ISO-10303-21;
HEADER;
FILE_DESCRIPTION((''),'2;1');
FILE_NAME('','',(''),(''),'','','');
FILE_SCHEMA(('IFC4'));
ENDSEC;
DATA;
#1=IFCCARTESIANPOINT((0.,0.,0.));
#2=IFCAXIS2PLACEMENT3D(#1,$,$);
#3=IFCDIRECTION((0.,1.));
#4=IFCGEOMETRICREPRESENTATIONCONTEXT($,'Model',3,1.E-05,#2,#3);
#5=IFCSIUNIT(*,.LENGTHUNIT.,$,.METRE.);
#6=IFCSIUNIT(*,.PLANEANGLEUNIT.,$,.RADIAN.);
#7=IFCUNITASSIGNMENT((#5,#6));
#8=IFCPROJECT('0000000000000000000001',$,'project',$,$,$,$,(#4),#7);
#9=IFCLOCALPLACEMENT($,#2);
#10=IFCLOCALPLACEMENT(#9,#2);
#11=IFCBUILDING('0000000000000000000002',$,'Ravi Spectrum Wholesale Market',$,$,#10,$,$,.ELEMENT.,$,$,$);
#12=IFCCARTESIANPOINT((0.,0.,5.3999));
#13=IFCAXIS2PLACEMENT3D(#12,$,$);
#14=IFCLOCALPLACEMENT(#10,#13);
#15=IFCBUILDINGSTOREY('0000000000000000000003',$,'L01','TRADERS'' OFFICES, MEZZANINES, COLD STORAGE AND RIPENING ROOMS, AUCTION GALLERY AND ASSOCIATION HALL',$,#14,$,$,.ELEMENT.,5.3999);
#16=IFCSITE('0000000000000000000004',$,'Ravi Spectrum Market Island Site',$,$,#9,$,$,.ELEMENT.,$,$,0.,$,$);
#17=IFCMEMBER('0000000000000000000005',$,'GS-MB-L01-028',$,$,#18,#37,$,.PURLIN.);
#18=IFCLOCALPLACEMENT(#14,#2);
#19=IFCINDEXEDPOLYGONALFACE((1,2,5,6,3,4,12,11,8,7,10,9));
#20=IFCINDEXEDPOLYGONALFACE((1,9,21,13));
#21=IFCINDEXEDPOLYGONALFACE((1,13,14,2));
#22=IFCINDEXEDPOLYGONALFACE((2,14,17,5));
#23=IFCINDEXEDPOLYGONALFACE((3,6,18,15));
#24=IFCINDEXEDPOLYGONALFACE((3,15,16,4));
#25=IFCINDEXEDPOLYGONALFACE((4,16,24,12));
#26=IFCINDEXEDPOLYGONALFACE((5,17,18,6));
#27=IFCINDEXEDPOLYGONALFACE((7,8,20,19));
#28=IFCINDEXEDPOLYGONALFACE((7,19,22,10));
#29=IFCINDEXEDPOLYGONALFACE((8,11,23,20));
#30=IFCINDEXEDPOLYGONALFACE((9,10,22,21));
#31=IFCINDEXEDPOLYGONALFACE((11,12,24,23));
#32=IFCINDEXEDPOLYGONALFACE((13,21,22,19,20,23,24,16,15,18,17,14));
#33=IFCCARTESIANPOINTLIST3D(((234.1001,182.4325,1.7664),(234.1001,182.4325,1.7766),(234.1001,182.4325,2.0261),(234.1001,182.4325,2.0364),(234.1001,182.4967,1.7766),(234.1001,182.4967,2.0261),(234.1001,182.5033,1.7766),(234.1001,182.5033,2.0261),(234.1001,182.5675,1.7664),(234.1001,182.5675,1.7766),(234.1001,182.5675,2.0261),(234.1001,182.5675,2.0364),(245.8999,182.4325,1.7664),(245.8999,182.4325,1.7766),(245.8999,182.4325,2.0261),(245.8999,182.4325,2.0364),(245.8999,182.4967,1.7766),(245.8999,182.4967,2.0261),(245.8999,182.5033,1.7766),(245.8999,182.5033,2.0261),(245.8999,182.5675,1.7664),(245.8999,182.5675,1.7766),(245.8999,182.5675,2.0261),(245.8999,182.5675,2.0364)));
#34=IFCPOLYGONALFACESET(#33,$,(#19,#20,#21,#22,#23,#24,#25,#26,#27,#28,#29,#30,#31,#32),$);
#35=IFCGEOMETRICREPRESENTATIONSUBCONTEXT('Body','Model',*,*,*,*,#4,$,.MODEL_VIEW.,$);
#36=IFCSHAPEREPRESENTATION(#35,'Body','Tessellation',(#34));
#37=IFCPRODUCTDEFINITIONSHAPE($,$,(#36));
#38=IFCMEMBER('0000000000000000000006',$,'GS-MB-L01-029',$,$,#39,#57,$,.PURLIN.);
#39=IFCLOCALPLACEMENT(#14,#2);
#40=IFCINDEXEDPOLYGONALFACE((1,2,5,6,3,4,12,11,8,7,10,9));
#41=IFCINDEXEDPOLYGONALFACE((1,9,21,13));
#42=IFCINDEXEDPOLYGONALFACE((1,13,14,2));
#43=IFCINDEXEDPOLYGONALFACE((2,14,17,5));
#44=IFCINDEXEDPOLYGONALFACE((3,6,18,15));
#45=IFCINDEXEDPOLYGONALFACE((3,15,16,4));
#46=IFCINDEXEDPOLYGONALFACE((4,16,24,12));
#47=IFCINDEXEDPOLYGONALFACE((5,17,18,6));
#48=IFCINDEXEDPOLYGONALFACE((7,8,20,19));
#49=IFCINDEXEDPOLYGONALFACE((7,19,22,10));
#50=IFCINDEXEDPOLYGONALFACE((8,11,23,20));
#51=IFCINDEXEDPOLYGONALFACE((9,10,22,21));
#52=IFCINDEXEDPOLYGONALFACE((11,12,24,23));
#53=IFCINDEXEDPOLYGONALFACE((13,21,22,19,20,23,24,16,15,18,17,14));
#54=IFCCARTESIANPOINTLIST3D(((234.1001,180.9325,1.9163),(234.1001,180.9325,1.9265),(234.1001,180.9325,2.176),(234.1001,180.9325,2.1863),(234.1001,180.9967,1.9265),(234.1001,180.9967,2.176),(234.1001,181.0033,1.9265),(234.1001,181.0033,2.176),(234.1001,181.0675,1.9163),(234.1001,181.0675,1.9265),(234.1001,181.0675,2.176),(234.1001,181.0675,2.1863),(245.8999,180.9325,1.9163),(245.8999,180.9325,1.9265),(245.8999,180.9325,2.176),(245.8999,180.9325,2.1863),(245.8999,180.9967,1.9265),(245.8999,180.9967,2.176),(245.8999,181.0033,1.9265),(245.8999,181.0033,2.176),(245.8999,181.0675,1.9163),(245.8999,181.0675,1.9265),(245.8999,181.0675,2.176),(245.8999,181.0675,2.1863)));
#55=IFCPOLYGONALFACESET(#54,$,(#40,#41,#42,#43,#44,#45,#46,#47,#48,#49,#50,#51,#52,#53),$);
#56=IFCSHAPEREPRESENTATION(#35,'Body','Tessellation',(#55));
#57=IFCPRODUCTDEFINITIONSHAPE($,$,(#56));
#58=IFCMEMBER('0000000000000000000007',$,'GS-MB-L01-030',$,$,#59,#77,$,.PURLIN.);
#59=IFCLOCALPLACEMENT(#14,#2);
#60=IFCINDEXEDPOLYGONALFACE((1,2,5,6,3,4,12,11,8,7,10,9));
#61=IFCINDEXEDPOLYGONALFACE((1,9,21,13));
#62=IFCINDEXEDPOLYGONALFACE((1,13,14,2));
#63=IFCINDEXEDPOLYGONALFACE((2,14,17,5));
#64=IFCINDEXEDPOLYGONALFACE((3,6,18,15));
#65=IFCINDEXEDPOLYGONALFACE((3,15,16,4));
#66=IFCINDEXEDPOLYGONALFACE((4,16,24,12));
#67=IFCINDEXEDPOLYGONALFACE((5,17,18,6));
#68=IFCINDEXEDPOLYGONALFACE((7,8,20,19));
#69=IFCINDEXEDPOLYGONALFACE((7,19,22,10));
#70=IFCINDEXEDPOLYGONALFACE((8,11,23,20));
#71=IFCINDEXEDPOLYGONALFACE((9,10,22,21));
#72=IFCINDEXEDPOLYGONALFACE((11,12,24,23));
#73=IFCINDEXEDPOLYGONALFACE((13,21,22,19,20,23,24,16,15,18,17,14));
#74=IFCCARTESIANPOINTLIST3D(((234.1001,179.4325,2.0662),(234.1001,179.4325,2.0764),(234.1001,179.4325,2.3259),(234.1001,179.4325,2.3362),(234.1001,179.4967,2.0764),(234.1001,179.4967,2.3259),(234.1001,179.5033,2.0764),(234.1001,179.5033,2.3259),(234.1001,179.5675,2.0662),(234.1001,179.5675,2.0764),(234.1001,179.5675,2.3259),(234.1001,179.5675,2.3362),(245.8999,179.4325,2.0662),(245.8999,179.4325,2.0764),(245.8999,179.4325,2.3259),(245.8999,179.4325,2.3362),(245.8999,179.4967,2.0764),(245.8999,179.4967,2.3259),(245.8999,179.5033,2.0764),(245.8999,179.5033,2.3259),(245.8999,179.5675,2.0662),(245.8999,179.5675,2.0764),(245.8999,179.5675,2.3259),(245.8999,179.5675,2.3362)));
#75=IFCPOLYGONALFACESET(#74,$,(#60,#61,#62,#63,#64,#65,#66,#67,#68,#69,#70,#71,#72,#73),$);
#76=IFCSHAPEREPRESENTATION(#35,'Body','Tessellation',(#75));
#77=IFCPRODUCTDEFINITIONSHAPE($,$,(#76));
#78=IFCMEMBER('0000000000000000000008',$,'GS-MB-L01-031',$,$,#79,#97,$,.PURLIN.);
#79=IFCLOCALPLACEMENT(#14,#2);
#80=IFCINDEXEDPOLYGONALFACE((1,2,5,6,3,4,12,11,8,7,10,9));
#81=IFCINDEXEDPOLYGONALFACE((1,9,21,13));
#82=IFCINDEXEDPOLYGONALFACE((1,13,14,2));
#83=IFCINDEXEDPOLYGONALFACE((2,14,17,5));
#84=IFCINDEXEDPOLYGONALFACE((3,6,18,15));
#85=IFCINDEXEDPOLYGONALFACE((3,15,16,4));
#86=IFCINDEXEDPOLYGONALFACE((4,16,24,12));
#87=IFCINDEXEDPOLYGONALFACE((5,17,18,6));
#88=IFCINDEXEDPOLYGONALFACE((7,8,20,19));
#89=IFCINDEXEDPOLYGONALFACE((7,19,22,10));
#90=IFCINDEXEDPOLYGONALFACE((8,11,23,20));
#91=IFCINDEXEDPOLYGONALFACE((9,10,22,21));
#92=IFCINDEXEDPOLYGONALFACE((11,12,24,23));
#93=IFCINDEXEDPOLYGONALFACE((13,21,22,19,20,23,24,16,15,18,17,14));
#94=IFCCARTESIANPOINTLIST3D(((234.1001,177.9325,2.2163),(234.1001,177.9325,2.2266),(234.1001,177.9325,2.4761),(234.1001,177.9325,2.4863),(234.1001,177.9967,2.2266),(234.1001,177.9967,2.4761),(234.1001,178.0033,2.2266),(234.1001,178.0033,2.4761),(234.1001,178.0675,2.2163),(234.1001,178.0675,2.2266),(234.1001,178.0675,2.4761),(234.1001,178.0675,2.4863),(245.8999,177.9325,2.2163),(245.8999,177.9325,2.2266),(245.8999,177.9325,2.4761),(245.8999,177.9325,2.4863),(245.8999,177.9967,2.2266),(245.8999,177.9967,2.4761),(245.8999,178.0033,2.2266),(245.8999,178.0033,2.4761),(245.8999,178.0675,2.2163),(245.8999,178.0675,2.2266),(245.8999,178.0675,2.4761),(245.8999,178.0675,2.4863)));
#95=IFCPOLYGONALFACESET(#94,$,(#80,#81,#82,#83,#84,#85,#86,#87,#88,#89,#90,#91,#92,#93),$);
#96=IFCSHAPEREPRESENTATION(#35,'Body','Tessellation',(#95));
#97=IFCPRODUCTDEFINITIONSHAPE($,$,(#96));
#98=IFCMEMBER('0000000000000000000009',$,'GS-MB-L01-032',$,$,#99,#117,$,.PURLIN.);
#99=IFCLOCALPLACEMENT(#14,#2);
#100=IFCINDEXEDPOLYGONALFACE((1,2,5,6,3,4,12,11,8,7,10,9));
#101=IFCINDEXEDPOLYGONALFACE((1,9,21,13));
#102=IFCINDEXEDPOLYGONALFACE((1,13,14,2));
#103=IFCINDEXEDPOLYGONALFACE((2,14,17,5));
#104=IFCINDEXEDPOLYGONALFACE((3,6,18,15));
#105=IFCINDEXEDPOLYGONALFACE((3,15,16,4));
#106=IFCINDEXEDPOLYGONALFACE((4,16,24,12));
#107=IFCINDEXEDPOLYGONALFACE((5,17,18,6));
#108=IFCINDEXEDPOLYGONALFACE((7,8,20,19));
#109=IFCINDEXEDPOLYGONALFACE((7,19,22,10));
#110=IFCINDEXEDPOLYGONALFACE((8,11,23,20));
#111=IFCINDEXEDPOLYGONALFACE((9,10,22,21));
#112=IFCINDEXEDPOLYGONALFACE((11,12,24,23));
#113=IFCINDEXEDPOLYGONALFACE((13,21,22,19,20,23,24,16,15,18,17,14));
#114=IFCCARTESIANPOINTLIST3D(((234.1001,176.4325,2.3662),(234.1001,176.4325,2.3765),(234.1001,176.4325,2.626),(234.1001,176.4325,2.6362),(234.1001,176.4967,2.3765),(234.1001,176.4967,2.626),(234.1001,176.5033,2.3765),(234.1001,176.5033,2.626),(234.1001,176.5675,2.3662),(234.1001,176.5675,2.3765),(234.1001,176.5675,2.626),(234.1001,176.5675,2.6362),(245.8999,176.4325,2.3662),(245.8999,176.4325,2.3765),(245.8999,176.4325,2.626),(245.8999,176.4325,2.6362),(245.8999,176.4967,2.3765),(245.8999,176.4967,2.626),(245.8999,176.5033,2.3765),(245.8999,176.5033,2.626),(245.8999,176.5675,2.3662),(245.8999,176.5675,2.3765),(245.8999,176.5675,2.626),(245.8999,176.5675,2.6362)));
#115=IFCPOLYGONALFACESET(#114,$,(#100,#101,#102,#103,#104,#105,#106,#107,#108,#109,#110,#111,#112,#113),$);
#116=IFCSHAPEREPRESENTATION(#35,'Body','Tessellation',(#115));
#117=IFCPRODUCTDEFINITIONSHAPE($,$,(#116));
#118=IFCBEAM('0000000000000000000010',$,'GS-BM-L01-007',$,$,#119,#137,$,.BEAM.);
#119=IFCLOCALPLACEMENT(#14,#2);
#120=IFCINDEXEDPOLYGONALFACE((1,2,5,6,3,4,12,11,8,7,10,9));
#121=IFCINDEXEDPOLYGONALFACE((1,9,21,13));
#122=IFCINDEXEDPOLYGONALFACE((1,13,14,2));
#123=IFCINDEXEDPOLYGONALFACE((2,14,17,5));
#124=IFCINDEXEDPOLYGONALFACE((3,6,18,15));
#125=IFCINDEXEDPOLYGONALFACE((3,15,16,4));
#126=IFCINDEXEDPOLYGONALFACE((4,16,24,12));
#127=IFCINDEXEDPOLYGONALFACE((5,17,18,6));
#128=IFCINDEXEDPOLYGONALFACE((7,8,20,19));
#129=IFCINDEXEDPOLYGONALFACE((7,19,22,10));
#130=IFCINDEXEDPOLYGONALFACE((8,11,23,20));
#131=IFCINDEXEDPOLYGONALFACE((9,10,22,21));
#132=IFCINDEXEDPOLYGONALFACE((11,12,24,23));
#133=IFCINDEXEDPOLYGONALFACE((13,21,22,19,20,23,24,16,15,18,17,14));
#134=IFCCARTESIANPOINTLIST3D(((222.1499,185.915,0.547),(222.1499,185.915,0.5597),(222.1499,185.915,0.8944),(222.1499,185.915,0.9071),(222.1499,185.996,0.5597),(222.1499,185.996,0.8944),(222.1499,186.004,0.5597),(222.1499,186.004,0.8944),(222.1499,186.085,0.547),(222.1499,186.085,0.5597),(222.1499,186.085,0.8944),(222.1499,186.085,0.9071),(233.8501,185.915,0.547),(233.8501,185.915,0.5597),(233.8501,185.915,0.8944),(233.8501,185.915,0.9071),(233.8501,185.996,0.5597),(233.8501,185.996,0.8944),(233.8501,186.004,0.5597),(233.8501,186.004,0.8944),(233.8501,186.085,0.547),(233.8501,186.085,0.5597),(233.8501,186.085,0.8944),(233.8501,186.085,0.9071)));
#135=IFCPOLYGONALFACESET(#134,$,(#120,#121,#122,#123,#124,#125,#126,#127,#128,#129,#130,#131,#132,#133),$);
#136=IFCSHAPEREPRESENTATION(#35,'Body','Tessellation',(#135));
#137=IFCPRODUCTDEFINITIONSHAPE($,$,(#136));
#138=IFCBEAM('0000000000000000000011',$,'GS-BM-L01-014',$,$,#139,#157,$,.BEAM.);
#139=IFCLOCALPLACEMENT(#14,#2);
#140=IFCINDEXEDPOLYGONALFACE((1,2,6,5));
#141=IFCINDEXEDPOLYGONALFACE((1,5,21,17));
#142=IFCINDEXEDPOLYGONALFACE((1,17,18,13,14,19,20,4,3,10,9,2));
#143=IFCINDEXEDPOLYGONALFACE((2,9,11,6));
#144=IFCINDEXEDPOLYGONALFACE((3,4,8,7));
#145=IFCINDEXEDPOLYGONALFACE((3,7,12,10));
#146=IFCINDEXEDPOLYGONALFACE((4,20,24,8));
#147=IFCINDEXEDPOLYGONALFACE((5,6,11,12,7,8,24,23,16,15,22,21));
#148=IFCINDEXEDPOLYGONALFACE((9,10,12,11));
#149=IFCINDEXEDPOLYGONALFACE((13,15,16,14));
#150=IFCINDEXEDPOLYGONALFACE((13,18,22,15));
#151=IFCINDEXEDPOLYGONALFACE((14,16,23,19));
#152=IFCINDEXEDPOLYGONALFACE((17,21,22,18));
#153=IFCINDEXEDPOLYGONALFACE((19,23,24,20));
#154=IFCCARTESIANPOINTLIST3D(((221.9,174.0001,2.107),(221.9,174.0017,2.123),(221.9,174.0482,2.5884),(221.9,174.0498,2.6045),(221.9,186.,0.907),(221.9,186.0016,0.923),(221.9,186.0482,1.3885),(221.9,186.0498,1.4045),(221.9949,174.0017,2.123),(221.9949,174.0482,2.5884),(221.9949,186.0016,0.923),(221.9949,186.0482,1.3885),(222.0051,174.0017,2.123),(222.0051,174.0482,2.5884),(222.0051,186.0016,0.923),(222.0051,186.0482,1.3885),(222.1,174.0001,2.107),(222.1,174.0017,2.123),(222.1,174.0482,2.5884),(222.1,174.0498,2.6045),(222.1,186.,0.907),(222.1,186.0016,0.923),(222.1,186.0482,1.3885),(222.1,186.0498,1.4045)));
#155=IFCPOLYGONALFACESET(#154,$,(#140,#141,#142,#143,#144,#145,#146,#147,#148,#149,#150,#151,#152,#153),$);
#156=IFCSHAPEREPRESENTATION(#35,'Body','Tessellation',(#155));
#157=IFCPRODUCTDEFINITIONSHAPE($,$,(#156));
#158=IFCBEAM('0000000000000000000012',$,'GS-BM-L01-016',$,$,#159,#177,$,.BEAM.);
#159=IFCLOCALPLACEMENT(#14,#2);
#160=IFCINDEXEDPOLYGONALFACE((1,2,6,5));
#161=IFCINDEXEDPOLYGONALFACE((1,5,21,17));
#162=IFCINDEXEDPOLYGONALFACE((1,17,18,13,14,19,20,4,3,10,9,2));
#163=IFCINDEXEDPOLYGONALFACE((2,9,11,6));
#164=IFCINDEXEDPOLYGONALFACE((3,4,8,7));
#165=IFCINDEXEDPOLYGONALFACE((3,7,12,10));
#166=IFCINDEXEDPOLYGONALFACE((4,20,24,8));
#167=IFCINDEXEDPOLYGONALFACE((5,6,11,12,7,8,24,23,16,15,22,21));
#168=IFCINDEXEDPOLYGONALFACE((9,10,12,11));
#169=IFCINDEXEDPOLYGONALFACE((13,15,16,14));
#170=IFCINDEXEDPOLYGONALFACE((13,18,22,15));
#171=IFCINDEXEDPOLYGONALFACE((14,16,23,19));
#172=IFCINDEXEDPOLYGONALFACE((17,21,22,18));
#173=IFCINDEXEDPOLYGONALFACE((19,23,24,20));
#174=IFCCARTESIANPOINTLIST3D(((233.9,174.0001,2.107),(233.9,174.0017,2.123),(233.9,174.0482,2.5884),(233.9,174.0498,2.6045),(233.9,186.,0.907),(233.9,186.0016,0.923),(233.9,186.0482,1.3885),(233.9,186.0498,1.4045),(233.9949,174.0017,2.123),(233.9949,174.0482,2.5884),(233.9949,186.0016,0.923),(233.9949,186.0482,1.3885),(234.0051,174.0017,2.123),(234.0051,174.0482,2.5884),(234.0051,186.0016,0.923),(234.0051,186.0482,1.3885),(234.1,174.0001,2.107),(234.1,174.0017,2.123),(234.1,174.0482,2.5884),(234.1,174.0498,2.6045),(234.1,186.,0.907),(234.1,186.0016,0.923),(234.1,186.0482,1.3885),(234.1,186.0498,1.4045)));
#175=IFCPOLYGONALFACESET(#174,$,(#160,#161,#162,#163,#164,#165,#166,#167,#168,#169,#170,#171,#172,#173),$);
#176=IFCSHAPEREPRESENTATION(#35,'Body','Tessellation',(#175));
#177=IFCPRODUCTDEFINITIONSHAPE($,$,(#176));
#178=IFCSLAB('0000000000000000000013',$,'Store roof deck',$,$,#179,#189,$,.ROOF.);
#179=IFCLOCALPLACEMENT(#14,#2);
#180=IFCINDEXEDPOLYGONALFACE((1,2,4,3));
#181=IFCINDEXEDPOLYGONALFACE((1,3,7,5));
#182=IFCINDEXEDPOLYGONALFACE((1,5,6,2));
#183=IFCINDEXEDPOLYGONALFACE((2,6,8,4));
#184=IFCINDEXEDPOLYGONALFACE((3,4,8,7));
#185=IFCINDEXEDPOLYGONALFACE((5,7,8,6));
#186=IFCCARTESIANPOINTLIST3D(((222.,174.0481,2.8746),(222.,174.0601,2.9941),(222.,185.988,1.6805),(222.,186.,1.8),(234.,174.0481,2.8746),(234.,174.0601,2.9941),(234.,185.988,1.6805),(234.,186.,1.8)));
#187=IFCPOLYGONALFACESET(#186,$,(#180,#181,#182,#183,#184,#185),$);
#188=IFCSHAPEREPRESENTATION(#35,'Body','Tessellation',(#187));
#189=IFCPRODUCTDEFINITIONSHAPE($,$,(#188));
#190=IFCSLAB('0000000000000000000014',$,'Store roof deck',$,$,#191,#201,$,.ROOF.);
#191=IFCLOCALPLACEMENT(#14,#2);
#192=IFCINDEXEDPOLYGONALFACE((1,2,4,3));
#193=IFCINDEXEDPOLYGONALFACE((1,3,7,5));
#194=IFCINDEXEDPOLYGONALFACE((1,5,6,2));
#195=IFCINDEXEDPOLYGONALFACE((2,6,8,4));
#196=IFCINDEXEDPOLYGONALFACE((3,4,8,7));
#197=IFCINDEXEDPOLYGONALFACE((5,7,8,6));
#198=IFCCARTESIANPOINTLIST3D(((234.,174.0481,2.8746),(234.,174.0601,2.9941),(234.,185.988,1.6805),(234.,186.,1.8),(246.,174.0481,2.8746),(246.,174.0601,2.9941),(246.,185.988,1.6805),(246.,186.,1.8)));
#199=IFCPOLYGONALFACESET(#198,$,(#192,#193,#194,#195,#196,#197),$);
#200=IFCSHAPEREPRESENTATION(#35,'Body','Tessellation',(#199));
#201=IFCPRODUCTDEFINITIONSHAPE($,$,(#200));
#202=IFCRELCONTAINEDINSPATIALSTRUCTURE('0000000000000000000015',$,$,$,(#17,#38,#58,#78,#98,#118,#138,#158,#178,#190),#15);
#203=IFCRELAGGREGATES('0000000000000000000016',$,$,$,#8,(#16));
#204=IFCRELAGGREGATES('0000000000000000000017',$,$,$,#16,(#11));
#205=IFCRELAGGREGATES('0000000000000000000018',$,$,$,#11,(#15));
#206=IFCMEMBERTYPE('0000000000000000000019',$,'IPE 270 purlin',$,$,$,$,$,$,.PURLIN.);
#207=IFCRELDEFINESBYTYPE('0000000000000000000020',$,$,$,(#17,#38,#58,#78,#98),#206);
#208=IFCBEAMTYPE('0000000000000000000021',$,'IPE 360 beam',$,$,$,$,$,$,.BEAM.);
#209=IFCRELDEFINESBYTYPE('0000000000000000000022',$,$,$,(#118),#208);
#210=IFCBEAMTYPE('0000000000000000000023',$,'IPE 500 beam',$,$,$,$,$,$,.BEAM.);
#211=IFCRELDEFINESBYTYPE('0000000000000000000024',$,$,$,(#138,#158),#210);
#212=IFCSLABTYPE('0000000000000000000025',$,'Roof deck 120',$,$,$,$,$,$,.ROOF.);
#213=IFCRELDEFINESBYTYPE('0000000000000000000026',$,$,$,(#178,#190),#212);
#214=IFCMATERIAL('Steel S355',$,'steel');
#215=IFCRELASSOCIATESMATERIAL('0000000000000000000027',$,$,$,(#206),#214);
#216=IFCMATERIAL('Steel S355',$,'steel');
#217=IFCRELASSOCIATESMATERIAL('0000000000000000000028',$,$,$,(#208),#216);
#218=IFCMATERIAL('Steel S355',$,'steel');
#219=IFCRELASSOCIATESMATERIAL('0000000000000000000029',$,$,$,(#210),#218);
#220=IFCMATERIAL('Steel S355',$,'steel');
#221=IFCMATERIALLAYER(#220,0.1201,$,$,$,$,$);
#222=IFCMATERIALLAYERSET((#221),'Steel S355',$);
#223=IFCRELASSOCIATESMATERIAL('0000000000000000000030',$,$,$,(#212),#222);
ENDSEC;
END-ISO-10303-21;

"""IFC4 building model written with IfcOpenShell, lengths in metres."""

from ifc_helpers import new_model, si_unit, direction, frame, origin, origin_2d, place, context, subcontext, project, spatial, polyline, i_section, outline, extrude, material, layer, layer_set, material_profile, profile_set, type_object, element, save


model = new_model("IFC4")

# Units and contexts
model_context = context("Model", 3, precision=1e-05, world=origin(), true_north=direction((0.0, 1.0)))
body_context = subcontext(model_context, "Body", "Model", "MODEL_VIEW")
ifc_project = project(units=[si_unit("LENGTHUNIT", "METRE"), si_unit("PLANEANGLEUNIT", "RADIAN")], contexts=[model_context])

# Site, building, storey
site_placement = place(None, origin())
site = spatial("IfcSite", under=ifc_project, at=site_placement, Name="Ravi Spectrum Market Island Site", CompositionType="ELEMENT", RefElevation=0.0)
building_placement = place(site_placement, origin())
building = spatial("IfcBuilding", under=site, at=building_placement, Name="Ravi Spectrum Wholesale Market", CompositionType="ELEMENT")
storey_placement = place(building_placement, frame((0.0, 0.0, 5.3999)))
storey = spatial("IfcBuildingStorey", under=building, at=storey_placement, Name="L01", Description="TRADERS' OFFICES, MEZZANINES, COLD STORAGE AND RIPENING ROOMS, AUCTION GALLERY AND ASSOCIATION HALL", CompositionType="ELEMENT", Elevation=5.3999)

# Members
ifc_material_1 = material(Name="Steel S355", Category="steel")
ifc_material_profile_1 = material_profile(ifc_material_1, i_section(OverallWidth=0.135, OverallDepth=0.27, WebThickness=0.0066, FlangeThickness=0.0103, at=origin_2d()))
ifc_profile_set_1 = profile_set([ifc_material_profile_1], Name="Steel S355")
member_type = type_object("IfcMemberType", Name="IPE 270 purlin", PredefinedType="PURLIN", material=ifc_profile_set_1)
for number, where, z_axis, x_axis, name in (
    (1, (234.1001, 182.5, 1.9014), (1.0, 0.0, 0.0), (0.0, 1.0, 0.0), "GS-MB-L01-028"),
    (2, (234.1001, 181.0, 2.0513), (1.0, 0.0, 0.0), (0.0, 1.0, 0.0), "GS-MB-L01-029"),
    (3, (234.1001, 179.5, 2.2012), (1.0, 0.0, 0.0), (0.0, 1.0, 0.0), "GS-MB-L01-030"),
    (4, (234.1001, 178.0, 2.3513), (1.0, 0.0, 0.0), (0.0, 1.0, 0.0), "GS-MB-L01-031"),
    (5, (234.1001, 176.5, 2.5012), (1.0, 0.0, 0.0), (0.0, 1.0, 0.0), "GS-MB-L01-032"),
):
    element("IfcMember", number, at=place(storey_placement, frame(where, z_axis=z_axis, x_axis=x_axis)), inside=storey, type_object=member_type, Name=name, PredefinedType="PURLIN", context=body_context, shape_type="SweptSolid", body=[
        extrude(i_section(OverallWidth=0.135, OverallDepth=0.27, WebThickness=0.0066, FlangeThickness=0.0103, at=origin_2d()), origin(), (0.0, 0.0, 1.0), 11.7998),
    ])

# Beams
ifc_material_2 = material(Name="Steel S355", Category="steel")
ifc_material_profile_2 = material_profile(ifc_material_2, i_section(OverallWidth=0.1699, OverallDepth=0.3601, WebThickness=0.0081, FlangeThickness=0.0127, at=origin_2d()))
ifc_profile_set_2 = profile_set([ifc_material_profile_2], Name="Steel S355")
beam_type_1 = type_object("IfcBeamType", Name="IPE 360 beam", PredefinedType="BEAM", material=ifc_profile_set_2)
beam_placement = place(storey_placement, frame((222.1499, 186.0, 0.7271), z_axis=(1.0, 0.0, 0.0), x_axis=(0.0, 1.0, 0.0)))
element("IfcBeam", 6, at=beam_placement, inside=storey, type_object=beam_type_1, Name="GS-BM-L01-007", PredefinedType="BEAM", context=body_context, shape_type="SweptSolid", body=[
    extrude(i_section(OverallWidth=0.1699, OverallDepth=0.3601, WebThickness=0.0081, FlangeThickness=0.0127, at=origin_2d()), origin(), (0.0, 0.0, 1.0), 11.7002),
])
ifc_material_3 = material(Name="Steel S355", Category="steel")
ifc_material_profile_3 = material_profile(ifc_material_3, i_section(OverallWidth=0.2, OverallDepth=0.5, WebThickness=0.0103, FlangeThickness=0.0161, at=origin_2d()))
ifc_profile_set_3 = profile_set([ifc_material_profile_3], Name="Steel S355")
beam_type_2 = type_object("IfcBeamType", Name="IPE 500 beam", PredefinedType="BEAM", material=ifc_profile_set_3)
for number, where, z_axis, x_axis, name in (
    (7, (222.0, 186.0249, 1.1558), (0.0, -0.995038, 0.0995), (1.0, 0.0, 0.0), "GS-BM-L01-014"),
    (8, (234.0, 186.0249, 1.1558), (0.0, -0.995038, 0.0995), (1.0, 0.0, 0.0), "GS-BM-L01-016"),
):
    element("IfcBeam", number, at=place(storey_placement, frame(where, z_axis=z_axis, x_axis=x_axis)), inside=storey, type_object=beam_type_2, Name=name, PredefinedType="BEAM", context=body_context, shape_type="SweptSolid", body=[
        extrude(i_section(OverallWidth=0.2, OverallDepth=0.5, WebThickness=0.0103, FlangeThickness=0.0161, at=origin_2d()), origin(), (0.0, 0.0, 1.0), 12.0598),
    ])

# Slabs
ifc_material_4 = material(Name="Steel S355", Category="steel")
ifc_layer_1 = layer(ifc_material_4, 0.1201)
ifc_layer_set_1 = layer_set([ifc_layer_1], Name="Steel S355")
slab_type = type_object("IfcSlabType", Name="Roof deck 120", PredefinedType="ROOF", material=ifc_layer_set_1)
for number, where, z_axis, x_axis, name in (
    (9, (222.0, 186.0, 1.8), (0.0, 0.099512, 0.995036), (1.0, 0.0, 0.0), "Store roof deck"),
    (10, (234.0, 186.0, 1.8), (0.0, 0.099512, 0.995036), (1.0, 0.0, 0.0), "Store roof deck"),
):
    element("IfcSlab", number, at=place(storey_placement, frame(where, z_axis=z_axis, x_axis=x_axis)), inside=storey, type_object=slab_type, Name=name, PredefinedType="ROOF", context=body_context, shape_type="SweptSolid", body=[
        extrude(outline(polyline([(0.0, 0.0), (12.0, 0.0), (12.0, -11.9995), (0.0, -11.9995), (0.0, 0.0)])), origin(), (0.0, 0.0, -1.0), 0.1201),
    ])

save(model, "model.ifc")
